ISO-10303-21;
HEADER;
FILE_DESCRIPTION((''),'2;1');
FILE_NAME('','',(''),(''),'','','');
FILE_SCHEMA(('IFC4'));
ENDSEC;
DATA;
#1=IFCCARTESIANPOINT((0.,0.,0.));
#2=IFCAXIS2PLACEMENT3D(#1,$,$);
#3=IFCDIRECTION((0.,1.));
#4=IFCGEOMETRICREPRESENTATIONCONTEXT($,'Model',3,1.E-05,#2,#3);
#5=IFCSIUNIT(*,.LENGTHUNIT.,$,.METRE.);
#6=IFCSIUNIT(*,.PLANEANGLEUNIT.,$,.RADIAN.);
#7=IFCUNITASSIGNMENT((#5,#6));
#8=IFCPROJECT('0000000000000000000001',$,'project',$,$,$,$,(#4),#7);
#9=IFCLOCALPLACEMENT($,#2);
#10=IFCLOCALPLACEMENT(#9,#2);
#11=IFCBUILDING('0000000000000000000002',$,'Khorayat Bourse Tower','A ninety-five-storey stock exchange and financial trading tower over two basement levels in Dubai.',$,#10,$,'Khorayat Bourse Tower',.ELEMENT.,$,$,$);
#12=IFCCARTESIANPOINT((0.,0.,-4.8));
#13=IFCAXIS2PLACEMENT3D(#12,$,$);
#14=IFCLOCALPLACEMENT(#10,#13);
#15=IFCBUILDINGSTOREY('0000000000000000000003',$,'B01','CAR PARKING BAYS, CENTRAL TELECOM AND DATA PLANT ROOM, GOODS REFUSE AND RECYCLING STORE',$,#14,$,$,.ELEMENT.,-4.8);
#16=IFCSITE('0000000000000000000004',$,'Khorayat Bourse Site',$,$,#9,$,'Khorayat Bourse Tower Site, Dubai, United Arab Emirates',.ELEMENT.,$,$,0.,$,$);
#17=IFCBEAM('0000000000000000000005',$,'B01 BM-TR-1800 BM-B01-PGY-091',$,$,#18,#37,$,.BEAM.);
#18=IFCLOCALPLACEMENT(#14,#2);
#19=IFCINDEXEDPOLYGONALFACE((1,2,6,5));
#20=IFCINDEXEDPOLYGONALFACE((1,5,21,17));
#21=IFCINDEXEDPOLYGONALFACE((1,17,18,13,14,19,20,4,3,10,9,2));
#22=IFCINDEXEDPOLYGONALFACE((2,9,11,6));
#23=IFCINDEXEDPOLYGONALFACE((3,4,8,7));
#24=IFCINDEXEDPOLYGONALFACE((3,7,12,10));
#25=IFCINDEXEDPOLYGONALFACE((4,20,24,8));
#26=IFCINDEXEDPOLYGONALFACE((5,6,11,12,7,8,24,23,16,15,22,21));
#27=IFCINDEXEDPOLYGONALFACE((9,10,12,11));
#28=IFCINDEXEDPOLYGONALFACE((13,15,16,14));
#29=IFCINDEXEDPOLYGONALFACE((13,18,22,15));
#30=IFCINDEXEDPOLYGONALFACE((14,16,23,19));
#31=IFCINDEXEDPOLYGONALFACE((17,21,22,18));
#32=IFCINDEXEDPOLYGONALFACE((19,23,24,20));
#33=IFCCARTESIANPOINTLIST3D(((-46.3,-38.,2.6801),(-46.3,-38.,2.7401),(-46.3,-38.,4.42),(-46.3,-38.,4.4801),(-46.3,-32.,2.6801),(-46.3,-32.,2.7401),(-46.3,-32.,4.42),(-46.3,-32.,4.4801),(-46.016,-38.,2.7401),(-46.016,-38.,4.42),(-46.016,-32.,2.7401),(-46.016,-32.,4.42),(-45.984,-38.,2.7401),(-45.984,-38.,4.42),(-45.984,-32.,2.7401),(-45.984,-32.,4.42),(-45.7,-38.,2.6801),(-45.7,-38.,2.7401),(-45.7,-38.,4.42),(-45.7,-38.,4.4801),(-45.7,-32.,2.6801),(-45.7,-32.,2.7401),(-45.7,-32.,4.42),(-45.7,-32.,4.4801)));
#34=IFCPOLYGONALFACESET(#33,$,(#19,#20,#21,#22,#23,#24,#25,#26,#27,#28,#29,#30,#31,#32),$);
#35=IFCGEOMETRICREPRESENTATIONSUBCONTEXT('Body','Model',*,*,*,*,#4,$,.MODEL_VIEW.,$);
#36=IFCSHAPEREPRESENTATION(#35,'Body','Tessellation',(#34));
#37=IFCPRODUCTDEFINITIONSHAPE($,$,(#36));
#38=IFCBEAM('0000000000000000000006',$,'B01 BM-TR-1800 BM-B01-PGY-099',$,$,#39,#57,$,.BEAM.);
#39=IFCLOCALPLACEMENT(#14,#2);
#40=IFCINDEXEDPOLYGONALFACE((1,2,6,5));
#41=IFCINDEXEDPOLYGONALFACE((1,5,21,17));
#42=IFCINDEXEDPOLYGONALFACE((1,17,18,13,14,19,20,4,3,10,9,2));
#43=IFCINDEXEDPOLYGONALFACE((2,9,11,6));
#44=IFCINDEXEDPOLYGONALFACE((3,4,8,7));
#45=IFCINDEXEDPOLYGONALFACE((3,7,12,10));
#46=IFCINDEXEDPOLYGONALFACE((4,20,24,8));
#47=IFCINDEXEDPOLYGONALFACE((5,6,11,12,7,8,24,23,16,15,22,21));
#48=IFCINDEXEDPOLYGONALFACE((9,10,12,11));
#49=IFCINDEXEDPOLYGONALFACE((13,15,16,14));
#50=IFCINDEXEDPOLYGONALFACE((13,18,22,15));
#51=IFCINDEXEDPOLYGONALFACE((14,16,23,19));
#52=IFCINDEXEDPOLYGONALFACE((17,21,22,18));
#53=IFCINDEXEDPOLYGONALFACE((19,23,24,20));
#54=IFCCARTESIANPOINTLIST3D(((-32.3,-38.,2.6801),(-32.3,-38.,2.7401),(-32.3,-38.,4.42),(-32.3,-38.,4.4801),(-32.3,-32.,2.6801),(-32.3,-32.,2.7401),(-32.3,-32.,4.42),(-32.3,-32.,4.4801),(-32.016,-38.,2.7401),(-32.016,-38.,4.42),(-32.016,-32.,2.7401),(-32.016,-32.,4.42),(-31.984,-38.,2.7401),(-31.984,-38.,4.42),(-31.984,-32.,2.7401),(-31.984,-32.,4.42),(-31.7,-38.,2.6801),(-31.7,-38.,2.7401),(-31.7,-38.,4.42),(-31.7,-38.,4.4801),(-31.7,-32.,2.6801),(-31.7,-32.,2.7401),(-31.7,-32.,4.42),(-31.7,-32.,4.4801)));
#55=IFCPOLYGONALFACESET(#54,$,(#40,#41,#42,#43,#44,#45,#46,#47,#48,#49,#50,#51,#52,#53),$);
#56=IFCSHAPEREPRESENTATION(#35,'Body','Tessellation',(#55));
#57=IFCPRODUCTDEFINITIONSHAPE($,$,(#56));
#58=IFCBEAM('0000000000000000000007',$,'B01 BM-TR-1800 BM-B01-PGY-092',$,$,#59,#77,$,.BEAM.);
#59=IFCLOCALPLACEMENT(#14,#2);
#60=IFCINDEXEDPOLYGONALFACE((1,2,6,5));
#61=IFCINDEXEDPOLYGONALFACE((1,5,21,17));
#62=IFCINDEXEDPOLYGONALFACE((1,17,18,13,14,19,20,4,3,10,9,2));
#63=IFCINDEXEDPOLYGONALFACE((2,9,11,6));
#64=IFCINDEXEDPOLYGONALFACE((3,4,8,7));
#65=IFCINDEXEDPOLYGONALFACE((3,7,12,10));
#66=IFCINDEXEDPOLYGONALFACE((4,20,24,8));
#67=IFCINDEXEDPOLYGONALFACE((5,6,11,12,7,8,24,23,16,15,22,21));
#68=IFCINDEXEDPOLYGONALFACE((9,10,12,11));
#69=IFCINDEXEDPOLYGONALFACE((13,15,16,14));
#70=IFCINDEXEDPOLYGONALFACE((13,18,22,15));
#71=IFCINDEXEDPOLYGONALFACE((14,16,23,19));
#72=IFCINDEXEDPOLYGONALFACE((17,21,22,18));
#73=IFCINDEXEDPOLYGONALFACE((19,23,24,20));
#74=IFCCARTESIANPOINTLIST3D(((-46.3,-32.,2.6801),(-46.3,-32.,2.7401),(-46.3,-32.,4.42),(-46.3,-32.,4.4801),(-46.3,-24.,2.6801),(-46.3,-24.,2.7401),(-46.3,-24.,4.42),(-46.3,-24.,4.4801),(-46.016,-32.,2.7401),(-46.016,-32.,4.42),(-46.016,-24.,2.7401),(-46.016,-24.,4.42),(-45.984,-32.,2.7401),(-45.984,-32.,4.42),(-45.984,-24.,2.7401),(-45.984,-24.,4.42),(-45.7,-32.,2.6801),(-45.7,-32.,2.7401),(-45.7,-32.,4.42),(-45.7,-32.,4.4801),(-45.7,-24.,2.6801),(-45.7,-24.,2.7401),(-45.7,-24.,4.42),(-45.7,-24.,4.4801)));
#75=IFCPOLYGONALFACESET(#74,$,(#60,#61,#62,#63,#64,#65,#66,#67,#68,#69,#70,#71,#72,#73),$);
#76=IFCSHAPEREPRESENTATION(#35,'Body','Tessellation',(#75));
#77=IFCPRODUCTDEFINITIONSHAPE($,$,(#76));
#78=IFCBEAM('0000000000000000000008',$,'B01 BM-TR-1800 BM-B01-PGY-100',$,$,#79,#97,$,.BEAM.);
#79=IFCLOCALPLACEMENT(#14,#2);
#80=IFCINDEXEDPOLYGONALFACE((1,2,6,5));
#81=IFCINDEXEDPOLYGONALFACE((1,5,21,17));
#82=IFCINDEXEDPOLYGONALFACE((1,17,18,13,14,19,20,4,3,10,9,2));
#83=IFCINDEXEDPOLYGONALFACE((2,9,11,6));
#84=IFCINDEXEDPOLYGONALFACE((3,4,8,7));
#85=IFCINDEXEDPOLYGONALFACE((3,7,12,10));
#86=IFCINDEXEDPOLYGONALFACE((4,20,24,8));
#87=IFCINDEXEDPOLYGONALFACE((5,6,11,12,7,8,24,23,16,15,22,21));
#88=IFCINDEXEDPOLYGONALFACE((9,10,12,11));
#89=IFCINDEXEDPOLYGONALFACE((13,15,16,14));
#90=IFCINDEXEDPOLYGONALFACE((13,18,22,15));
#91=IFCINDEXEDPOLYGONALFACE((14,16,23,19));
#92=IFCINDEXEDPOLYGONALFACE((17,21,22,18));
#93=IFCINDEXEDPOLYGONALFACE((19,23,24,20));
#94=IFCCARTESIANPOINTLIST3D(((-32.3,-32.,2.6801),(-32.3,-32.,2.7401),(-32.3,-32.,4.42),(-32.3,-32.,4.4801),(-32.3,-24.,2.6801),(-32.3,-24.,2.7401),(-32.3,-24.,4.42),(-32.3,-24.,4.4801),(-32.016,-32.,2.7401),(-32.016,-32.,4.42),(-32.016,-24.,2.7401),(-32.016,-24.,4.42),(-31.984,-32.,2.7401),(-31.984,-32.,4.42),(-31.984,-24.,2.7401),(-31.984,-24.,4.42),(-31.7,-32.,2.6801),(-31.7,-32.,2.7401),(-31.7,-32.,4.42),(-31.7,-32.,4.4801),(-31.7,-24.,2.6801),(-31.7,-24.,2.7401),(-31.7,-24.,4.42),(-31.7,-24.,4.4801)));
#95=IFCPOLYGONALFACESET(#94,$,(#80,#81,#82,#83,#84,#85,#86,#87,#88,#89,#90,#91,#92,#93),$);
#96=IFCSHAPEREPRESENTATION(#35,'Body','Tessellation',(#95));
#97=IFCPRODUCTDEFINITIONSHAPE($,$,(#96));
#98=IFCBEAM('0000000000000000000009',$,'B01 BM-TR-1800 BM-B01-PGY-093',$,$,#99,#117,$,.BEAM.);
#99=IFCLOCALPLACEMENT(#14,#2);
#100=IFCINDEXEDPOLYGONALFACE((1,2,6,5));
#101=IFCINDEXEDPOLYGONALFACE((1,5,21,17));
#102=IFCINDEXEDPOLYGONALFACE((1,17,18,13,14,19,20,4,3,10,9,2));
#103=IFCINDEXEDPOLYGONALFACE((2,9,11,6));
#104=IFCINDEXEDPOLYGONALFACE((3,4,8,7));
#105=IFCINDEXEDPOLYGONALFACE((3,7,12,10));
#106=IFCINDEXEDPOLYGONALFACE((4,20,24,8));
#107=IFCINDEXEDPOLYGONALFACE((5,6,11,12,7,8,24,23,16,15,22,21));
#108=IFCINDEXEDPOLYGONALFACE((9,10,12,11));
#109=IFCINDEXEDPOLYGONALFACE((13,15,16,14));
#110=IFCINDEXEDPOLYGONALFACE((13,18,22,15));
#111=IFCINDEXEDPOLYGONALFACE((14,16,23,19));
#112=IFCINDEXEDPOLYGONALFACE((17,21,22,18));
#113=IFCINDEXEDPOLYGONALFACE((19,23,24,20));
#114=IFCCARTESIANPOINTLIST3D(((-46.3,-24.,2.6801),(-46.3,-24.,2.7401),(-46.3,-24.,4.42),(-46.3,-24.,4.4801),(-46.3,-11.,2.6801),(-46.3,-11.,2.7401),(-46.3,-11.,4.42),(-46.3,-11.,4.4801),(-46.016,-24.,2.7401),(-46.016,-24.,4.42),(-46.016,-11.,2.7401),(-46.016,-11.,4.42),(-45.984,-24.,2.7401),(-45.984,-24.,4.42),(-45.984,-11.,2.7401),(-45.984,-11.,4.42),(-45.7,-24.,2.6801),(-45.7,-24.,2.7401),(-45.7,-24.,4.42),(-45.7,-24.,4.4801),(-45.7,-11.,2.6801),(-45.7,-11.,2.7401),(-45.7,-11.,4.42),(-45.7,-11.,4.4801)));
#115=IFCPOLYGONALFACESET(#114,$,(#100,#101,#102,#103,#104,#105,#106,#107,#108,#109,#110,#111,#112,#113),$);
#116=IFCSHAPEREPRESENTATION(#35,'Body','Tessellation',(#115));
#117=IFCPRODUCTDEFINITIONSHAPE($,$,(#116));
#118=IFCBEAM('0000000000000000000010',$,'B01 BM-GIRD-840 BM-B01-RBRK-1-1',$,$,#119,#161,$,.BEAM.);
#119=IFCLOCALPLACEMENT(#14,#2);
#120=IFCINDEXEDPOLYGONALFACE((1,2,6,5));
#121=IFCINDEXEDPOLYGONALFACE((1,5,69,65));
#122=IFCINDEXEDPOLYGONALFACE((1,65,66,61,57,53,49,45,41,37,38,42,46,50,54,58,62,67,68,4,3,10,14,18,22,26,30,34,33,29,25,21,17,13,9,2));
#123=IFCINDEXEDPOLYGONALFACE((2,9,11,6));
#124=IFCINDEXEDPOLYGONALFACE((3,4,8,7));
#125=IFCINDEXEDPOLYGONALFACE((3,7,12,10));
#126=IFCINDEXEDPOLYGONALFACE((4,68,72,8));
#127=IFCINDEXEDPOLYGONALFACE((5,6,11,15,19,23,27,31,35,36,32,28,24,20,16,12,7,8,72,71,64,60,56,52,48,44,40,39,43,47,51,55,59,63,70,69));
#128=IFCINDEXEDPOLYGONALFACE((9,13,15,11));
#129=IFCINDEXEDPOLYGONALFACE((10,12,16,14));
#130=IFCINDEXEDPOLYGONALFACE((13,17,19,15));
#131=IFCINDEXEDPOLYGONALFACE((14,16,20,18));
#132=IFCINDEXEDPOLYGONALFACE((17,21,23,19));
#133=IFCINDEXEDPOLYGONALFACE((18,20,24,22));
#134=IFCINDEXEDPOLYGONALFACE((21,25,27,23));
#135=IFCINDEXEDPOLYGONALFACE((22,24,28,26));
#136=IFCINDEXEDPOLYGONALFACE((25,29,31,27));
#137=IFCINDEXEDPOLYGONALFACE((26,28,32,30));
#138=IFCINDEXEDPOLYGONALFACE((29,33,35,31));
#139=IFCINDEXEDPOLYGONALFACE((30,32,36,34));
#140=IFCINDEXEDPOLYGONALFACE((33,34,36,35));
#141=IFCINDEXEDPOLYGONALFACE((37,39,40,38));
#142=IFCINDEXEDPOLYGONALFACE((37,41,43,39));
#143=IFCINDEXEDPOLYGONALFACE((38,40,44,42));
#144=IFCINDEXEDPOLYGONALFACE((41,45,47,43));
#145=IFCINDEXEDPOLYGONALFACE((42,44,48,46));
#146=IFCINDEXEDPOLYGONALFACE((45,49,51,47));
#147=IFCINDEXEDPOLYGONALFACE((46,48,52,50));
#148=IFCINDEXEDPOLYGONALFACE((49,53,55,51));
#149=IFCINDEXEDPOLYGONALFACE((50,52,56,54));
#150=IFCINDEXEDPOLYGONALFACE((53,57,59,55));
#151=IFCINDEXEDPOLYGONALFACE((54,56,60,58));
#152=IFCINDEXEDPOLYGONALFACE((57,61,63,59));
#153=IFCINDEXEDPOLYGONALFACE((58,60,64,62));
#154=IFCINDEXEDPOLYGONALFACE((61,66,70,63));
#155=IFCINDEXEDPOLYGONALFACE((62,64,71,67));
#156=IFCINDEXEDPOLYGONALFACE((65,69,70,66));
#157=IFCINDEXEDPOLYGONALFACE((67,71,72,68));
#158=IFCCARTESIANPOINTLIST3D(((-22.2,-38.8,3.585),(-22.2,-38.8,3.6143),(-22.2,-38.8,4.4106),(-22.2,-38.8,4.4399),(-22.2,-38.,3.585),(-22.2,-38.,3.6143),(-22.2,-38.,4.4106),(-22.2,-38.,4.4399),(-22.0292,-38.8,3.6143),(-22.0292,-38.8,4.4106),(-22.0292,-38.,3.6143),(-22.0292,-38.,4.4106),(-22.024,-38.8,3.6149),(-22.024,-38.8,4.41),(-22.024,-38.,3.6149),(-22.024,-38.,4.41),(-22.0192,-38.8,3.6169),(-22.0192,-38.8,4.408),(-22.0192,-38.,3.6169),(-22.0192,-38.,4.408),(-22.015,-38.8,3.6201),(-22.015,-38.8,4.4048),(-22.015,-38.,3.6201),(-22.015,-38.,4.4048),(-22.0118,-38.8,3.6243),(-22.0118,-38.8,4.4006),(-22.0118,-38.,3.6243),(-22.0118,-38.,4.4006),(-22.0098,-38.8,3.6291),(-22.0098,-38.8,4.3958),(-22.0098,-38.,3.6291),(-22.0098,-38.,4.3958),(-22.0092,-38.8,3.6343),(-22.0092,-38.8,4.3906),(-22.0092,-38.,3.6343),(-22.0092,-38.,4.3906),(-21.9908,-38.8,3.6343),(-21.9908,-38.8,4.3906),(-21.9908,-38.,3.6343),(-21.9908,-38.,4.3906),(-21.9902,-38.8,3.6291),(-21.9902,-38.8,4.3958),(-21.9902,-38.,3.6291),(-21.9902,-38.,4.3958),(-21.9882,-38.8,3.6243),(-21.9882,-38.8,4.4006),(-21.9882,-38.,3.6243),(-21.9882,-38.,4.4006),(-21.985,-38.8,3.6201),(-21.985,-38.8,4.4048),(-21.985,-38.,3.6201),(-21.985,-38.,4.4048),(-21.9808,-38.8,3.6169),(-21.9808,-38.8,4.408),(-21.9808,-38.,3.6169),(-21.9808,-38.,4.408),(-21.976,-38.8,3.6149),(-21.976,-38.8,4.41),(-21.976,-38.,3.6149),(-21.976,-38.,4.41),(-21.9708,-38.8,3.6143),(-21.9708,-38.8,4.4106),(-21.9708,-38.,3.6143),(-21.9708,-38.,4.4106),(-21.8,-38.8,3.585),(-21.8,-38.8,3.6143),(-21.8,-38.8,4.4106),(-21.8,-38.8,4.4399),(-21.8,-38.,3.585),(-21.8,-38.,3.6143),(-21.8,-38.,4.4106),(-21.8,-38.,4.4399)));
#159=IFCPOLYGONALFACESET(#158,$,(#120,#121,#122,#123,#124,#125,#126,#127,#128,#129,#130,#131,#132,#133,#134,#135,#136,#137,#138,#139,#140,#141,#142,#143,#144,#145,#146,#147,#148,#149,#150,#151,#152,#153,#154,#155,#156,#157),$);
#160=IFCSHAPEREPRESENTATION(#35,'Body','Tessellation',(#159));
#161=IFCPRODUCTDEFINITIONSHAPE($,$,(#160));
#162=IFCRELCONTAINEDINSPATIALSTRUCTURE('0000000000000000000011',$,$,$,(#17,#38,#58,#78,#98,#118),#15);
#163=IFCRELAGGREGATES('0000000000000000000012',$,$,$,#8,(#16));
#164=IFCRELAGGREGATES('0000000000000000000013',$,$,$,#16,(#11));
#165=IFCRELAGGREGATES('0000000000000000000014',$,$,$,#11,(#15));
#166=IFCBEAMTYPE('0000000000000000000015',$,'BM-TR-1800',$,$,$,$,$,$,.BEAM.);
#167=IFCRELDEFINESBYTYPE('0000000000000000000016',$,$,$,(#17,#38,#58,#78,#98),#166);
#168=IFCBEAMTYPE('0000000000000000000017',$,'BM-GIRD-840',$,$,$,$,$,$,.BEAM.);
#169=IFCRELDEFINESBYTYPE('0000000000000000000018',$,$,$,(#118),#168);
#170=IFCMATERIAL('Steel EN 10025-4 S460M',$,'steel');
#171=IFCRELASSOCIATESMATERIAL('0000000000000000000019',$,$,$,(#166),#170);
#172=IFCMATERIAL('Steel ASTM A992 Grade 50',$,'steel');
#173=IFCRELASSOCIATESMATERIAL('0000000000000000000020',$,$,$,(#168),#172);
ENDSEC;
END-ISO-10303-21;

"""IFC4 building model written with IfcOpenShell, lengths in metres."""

from ifc_helpers import new_model, si_unit, direction, frame, origin, origin_2d, place, context, subcontext, project, spatial, i_section, extrude, source, transform, mapped, material, material_profile, profile_set, type_object, element, save


model = new_model("IFC4")

# Units and contexts
model_context = context("Model", 3, precision=1e-05, world=origin(), true_north=direction((0.0, 1.0)))
body_context = subcontext(model_context, "Body", "Model", "MODEL_VIEW")
ifc_project = project(units=[si_unit("LENGTHUNIT", "METRE"), si_unit("PLANEANGLEUNIT", "RADIAN")], contexts=[model_context])

# Site, building, storey
site_placement = place(None, origin())
site = spatial("IfcSite", under=ifc_project, at=site_placement, Name="Khorayat Bourse Site", LongName="Khorayat Bourse Tower Site, Dubai, United Arab Emirates", CompositionType="ELEMENT", RefElevation=0.0)
building_placement = place(site_placement, origin())
building = spatial("IfcBuilding", under=site, at=building_placement, Name="Khorayat Bourse Tower", Description="A ninety-five-storey stock exchange and financial trading tower over two basement levels in Dubai.", LongName="Khorayat Bourse Tower", CompositionType="ELEMENT")
storey_placement = place(building_placement, frame((0.0, 0.0, -4.8)))
storey = spatial("IfcBuildingStorey", under=building, at=storey_placement, Name="B01", Description="CAR PARKING BAYS, CENTRAL TELECOM AND DATA PLANT ROOM, GOODS REFUSE AND RECYCLING STORE", CompositionType="ELEMENT", Elevation=-4.8)

# Beams
ifc_material_1 = material(Name="Steel EN 10025-4 S460M", Category="steel")
ifc_material_profile_1 = material_profile(ifc_material_1, i_section(OverallWidth=0.6001, OverallDepth=1.8, WebThickness=0.032, FlangeThickness=0.0601, at=origin_2d()), Name="PG 1800x600x32x60")
ifc_profile_set_1 = profile_set([ifc_material_profile_1], Name="Steel EN 10025-4 S460M")
beam_type_1 = type_object("IfcBeamType", Name="BM-TR-1800", PredefinedType="BEAM", material=ifc_profile_set_1)
shared_shape_1 = source(origin(), body_context, "Body", "SweptSolid", [
    extrude(i_section(OverallWidth=0.6001, OverallDepth=1.8, WebThickness=0.032, FlangeThickness=0.0601, at=origin_2d()), origin(), (0.0, 0.0, 1.0), 6.0),
])
for number, where, z_axis, x_axis, name in (
    (1, (-46.0, -38.0, 3.5801), (0.0, 1.0, 0.0), (-1.0, 0.0, 0.0), "B01 BM-TR-1800 BM-B01-PGY-091"),
    (2, (-32.0, -38.0, 3.5801), (0.0, 1.0, 0.0), (-1.0, 0.0, 0.0), "B01 BM-TR-1800 BM-B01-PGY-099"),
):
    element("IfcBeam", number, at=place(storey_placement, frame(where, z_axis=z_axis, x_axis=x_axis)), inside=storey, type_object=beam_type_1, Name=name, PredefinedType="BEAM", context=body_context, shape_type="MappedRepresentation", body=[
        mapped(shared_shape_1, transform((0.0, 0.0, 0.0), scale=1.0)),
    ])
shared_shape_2 = source(origin(), body_context, "Body", "SweptSolid", [
    extrude(i_section(OverallWidth=0.6001, OverallDepth=1.8, WebThickness=0.032, FlangeThickness=0.0601, at=origin_2d()), origin(), (0.0, 0.0, 1.0), 8.0),
])
for number, where, z_axis, x_axis, name in (
    (3, (-46.0, -32.0, 3.5801), (0.0, 1.0, 0.0), (-1.0, 0.0, 0.0), "B01 BM-TR-1800 BM-B01-PGY-092"),
    (4, (-32.0, -32.0, 3.5801), (0.0, 1.0, 0.0), (-1.0, 0.0, 0.0), "B01 BM-TR-1800 BM-B01-PGY-100"),
):
    element("IfcBeam", number, at=place(storey_placement, frame(where, z_axis=z_axis, x_axis=x_axis)), inside=storey, type_object=beam_type_1, Name=name, PredefinedType="BEAM", context=body_context, shape_type="MappedRepresentation", body=[
        mapped(shared_shape_2, transform((0.0, 0.0, 0.0), scale=1.0)),
    ])
shared_shape_3 = source(origin(), body_context, "Body", "SweptSolid", [
    extrude(i_section(OverallWidth=0.6001, OverallDepth=1.8, WebThickness=0.032, FlangeThickness=0.0601, at=origin_2d()), origin(), (0.0, 0.0, 1.0), 13.0),
])
beam_1_placement = place(storey_placement, frame((-46.0, -24.0, 3.5801), z_axis=(0.0, 1.0, 0.0), x_axis=(-1.0, 0.0, 0.0)))
element("IfcBeam", 5, at=beam_1_placement, inside=storey, type_object=beam_type_1, Name="B01 BM-TR-1800 BM-B01-PGY-093", PredefinedType="BEAM", context=body_context, shape_type="MappedRepresentation", body=[
    mapped(shared_shape_3, transform((0.0, 0.0, 0.0), scale=1.0)),
])
ifc_material_2 = material(Name="Steel ASTM A992 Grade 50", Category="steel")
ifc_material_profile_2 = material_profile(ifc_material_2, i_section(OverallWidth=0.3999, OverallDepth=0.855, WebThickness=0.0183, FlangeThickness=0.0293, FilletRadius=0.02, at=origin_2d()), Name="W840X299")
ifc_profile_set_2 = profile_set([ifc_material_profile_2], Name="Steel ASTM A992 Grade 50")
beam_type_2 = type_object("IfcBeamType", Name="BM-GIRD-840", PredefinedType="BEAM", material=ifc_profile_set_2)
shared_shape_4 = source(origin(), body_context, "Body", "SweptSolid", [
    extrude(i_section(OverallWidth=0.3999, OverallDepth=0.855, WebThickness=0.0183, FlangeThickness=0.0293, FilletRadius=0.02, at=origin_2d()), origin(), (0.0, 0.0, 1.0), 0.8),
])
for number, where, z_axis, x_axis, name in (
    (6, (-22.0, -38.8, 4.0125), (0.0, 1.0, 0.0), (-1.0, 0.0, 0.0), "B01 BM-GIRD-840 BM-B01-RBRK-1-1"),
):
    element("IfcBeam", number, at=place(storey_placement, frame(where, z_axis=z_axis, x_axis=x_axis)), inside=storey, type_object=beam_type_2, Name=name, PredefinedType="BEAM", context=body_context, shape_type="MappedRepresentation", body=[
        mapped(shared_shape_4, transform((0.0, 0.0, 0.0), scale=1.0)),
    ])

save(model, "model.ifc")
